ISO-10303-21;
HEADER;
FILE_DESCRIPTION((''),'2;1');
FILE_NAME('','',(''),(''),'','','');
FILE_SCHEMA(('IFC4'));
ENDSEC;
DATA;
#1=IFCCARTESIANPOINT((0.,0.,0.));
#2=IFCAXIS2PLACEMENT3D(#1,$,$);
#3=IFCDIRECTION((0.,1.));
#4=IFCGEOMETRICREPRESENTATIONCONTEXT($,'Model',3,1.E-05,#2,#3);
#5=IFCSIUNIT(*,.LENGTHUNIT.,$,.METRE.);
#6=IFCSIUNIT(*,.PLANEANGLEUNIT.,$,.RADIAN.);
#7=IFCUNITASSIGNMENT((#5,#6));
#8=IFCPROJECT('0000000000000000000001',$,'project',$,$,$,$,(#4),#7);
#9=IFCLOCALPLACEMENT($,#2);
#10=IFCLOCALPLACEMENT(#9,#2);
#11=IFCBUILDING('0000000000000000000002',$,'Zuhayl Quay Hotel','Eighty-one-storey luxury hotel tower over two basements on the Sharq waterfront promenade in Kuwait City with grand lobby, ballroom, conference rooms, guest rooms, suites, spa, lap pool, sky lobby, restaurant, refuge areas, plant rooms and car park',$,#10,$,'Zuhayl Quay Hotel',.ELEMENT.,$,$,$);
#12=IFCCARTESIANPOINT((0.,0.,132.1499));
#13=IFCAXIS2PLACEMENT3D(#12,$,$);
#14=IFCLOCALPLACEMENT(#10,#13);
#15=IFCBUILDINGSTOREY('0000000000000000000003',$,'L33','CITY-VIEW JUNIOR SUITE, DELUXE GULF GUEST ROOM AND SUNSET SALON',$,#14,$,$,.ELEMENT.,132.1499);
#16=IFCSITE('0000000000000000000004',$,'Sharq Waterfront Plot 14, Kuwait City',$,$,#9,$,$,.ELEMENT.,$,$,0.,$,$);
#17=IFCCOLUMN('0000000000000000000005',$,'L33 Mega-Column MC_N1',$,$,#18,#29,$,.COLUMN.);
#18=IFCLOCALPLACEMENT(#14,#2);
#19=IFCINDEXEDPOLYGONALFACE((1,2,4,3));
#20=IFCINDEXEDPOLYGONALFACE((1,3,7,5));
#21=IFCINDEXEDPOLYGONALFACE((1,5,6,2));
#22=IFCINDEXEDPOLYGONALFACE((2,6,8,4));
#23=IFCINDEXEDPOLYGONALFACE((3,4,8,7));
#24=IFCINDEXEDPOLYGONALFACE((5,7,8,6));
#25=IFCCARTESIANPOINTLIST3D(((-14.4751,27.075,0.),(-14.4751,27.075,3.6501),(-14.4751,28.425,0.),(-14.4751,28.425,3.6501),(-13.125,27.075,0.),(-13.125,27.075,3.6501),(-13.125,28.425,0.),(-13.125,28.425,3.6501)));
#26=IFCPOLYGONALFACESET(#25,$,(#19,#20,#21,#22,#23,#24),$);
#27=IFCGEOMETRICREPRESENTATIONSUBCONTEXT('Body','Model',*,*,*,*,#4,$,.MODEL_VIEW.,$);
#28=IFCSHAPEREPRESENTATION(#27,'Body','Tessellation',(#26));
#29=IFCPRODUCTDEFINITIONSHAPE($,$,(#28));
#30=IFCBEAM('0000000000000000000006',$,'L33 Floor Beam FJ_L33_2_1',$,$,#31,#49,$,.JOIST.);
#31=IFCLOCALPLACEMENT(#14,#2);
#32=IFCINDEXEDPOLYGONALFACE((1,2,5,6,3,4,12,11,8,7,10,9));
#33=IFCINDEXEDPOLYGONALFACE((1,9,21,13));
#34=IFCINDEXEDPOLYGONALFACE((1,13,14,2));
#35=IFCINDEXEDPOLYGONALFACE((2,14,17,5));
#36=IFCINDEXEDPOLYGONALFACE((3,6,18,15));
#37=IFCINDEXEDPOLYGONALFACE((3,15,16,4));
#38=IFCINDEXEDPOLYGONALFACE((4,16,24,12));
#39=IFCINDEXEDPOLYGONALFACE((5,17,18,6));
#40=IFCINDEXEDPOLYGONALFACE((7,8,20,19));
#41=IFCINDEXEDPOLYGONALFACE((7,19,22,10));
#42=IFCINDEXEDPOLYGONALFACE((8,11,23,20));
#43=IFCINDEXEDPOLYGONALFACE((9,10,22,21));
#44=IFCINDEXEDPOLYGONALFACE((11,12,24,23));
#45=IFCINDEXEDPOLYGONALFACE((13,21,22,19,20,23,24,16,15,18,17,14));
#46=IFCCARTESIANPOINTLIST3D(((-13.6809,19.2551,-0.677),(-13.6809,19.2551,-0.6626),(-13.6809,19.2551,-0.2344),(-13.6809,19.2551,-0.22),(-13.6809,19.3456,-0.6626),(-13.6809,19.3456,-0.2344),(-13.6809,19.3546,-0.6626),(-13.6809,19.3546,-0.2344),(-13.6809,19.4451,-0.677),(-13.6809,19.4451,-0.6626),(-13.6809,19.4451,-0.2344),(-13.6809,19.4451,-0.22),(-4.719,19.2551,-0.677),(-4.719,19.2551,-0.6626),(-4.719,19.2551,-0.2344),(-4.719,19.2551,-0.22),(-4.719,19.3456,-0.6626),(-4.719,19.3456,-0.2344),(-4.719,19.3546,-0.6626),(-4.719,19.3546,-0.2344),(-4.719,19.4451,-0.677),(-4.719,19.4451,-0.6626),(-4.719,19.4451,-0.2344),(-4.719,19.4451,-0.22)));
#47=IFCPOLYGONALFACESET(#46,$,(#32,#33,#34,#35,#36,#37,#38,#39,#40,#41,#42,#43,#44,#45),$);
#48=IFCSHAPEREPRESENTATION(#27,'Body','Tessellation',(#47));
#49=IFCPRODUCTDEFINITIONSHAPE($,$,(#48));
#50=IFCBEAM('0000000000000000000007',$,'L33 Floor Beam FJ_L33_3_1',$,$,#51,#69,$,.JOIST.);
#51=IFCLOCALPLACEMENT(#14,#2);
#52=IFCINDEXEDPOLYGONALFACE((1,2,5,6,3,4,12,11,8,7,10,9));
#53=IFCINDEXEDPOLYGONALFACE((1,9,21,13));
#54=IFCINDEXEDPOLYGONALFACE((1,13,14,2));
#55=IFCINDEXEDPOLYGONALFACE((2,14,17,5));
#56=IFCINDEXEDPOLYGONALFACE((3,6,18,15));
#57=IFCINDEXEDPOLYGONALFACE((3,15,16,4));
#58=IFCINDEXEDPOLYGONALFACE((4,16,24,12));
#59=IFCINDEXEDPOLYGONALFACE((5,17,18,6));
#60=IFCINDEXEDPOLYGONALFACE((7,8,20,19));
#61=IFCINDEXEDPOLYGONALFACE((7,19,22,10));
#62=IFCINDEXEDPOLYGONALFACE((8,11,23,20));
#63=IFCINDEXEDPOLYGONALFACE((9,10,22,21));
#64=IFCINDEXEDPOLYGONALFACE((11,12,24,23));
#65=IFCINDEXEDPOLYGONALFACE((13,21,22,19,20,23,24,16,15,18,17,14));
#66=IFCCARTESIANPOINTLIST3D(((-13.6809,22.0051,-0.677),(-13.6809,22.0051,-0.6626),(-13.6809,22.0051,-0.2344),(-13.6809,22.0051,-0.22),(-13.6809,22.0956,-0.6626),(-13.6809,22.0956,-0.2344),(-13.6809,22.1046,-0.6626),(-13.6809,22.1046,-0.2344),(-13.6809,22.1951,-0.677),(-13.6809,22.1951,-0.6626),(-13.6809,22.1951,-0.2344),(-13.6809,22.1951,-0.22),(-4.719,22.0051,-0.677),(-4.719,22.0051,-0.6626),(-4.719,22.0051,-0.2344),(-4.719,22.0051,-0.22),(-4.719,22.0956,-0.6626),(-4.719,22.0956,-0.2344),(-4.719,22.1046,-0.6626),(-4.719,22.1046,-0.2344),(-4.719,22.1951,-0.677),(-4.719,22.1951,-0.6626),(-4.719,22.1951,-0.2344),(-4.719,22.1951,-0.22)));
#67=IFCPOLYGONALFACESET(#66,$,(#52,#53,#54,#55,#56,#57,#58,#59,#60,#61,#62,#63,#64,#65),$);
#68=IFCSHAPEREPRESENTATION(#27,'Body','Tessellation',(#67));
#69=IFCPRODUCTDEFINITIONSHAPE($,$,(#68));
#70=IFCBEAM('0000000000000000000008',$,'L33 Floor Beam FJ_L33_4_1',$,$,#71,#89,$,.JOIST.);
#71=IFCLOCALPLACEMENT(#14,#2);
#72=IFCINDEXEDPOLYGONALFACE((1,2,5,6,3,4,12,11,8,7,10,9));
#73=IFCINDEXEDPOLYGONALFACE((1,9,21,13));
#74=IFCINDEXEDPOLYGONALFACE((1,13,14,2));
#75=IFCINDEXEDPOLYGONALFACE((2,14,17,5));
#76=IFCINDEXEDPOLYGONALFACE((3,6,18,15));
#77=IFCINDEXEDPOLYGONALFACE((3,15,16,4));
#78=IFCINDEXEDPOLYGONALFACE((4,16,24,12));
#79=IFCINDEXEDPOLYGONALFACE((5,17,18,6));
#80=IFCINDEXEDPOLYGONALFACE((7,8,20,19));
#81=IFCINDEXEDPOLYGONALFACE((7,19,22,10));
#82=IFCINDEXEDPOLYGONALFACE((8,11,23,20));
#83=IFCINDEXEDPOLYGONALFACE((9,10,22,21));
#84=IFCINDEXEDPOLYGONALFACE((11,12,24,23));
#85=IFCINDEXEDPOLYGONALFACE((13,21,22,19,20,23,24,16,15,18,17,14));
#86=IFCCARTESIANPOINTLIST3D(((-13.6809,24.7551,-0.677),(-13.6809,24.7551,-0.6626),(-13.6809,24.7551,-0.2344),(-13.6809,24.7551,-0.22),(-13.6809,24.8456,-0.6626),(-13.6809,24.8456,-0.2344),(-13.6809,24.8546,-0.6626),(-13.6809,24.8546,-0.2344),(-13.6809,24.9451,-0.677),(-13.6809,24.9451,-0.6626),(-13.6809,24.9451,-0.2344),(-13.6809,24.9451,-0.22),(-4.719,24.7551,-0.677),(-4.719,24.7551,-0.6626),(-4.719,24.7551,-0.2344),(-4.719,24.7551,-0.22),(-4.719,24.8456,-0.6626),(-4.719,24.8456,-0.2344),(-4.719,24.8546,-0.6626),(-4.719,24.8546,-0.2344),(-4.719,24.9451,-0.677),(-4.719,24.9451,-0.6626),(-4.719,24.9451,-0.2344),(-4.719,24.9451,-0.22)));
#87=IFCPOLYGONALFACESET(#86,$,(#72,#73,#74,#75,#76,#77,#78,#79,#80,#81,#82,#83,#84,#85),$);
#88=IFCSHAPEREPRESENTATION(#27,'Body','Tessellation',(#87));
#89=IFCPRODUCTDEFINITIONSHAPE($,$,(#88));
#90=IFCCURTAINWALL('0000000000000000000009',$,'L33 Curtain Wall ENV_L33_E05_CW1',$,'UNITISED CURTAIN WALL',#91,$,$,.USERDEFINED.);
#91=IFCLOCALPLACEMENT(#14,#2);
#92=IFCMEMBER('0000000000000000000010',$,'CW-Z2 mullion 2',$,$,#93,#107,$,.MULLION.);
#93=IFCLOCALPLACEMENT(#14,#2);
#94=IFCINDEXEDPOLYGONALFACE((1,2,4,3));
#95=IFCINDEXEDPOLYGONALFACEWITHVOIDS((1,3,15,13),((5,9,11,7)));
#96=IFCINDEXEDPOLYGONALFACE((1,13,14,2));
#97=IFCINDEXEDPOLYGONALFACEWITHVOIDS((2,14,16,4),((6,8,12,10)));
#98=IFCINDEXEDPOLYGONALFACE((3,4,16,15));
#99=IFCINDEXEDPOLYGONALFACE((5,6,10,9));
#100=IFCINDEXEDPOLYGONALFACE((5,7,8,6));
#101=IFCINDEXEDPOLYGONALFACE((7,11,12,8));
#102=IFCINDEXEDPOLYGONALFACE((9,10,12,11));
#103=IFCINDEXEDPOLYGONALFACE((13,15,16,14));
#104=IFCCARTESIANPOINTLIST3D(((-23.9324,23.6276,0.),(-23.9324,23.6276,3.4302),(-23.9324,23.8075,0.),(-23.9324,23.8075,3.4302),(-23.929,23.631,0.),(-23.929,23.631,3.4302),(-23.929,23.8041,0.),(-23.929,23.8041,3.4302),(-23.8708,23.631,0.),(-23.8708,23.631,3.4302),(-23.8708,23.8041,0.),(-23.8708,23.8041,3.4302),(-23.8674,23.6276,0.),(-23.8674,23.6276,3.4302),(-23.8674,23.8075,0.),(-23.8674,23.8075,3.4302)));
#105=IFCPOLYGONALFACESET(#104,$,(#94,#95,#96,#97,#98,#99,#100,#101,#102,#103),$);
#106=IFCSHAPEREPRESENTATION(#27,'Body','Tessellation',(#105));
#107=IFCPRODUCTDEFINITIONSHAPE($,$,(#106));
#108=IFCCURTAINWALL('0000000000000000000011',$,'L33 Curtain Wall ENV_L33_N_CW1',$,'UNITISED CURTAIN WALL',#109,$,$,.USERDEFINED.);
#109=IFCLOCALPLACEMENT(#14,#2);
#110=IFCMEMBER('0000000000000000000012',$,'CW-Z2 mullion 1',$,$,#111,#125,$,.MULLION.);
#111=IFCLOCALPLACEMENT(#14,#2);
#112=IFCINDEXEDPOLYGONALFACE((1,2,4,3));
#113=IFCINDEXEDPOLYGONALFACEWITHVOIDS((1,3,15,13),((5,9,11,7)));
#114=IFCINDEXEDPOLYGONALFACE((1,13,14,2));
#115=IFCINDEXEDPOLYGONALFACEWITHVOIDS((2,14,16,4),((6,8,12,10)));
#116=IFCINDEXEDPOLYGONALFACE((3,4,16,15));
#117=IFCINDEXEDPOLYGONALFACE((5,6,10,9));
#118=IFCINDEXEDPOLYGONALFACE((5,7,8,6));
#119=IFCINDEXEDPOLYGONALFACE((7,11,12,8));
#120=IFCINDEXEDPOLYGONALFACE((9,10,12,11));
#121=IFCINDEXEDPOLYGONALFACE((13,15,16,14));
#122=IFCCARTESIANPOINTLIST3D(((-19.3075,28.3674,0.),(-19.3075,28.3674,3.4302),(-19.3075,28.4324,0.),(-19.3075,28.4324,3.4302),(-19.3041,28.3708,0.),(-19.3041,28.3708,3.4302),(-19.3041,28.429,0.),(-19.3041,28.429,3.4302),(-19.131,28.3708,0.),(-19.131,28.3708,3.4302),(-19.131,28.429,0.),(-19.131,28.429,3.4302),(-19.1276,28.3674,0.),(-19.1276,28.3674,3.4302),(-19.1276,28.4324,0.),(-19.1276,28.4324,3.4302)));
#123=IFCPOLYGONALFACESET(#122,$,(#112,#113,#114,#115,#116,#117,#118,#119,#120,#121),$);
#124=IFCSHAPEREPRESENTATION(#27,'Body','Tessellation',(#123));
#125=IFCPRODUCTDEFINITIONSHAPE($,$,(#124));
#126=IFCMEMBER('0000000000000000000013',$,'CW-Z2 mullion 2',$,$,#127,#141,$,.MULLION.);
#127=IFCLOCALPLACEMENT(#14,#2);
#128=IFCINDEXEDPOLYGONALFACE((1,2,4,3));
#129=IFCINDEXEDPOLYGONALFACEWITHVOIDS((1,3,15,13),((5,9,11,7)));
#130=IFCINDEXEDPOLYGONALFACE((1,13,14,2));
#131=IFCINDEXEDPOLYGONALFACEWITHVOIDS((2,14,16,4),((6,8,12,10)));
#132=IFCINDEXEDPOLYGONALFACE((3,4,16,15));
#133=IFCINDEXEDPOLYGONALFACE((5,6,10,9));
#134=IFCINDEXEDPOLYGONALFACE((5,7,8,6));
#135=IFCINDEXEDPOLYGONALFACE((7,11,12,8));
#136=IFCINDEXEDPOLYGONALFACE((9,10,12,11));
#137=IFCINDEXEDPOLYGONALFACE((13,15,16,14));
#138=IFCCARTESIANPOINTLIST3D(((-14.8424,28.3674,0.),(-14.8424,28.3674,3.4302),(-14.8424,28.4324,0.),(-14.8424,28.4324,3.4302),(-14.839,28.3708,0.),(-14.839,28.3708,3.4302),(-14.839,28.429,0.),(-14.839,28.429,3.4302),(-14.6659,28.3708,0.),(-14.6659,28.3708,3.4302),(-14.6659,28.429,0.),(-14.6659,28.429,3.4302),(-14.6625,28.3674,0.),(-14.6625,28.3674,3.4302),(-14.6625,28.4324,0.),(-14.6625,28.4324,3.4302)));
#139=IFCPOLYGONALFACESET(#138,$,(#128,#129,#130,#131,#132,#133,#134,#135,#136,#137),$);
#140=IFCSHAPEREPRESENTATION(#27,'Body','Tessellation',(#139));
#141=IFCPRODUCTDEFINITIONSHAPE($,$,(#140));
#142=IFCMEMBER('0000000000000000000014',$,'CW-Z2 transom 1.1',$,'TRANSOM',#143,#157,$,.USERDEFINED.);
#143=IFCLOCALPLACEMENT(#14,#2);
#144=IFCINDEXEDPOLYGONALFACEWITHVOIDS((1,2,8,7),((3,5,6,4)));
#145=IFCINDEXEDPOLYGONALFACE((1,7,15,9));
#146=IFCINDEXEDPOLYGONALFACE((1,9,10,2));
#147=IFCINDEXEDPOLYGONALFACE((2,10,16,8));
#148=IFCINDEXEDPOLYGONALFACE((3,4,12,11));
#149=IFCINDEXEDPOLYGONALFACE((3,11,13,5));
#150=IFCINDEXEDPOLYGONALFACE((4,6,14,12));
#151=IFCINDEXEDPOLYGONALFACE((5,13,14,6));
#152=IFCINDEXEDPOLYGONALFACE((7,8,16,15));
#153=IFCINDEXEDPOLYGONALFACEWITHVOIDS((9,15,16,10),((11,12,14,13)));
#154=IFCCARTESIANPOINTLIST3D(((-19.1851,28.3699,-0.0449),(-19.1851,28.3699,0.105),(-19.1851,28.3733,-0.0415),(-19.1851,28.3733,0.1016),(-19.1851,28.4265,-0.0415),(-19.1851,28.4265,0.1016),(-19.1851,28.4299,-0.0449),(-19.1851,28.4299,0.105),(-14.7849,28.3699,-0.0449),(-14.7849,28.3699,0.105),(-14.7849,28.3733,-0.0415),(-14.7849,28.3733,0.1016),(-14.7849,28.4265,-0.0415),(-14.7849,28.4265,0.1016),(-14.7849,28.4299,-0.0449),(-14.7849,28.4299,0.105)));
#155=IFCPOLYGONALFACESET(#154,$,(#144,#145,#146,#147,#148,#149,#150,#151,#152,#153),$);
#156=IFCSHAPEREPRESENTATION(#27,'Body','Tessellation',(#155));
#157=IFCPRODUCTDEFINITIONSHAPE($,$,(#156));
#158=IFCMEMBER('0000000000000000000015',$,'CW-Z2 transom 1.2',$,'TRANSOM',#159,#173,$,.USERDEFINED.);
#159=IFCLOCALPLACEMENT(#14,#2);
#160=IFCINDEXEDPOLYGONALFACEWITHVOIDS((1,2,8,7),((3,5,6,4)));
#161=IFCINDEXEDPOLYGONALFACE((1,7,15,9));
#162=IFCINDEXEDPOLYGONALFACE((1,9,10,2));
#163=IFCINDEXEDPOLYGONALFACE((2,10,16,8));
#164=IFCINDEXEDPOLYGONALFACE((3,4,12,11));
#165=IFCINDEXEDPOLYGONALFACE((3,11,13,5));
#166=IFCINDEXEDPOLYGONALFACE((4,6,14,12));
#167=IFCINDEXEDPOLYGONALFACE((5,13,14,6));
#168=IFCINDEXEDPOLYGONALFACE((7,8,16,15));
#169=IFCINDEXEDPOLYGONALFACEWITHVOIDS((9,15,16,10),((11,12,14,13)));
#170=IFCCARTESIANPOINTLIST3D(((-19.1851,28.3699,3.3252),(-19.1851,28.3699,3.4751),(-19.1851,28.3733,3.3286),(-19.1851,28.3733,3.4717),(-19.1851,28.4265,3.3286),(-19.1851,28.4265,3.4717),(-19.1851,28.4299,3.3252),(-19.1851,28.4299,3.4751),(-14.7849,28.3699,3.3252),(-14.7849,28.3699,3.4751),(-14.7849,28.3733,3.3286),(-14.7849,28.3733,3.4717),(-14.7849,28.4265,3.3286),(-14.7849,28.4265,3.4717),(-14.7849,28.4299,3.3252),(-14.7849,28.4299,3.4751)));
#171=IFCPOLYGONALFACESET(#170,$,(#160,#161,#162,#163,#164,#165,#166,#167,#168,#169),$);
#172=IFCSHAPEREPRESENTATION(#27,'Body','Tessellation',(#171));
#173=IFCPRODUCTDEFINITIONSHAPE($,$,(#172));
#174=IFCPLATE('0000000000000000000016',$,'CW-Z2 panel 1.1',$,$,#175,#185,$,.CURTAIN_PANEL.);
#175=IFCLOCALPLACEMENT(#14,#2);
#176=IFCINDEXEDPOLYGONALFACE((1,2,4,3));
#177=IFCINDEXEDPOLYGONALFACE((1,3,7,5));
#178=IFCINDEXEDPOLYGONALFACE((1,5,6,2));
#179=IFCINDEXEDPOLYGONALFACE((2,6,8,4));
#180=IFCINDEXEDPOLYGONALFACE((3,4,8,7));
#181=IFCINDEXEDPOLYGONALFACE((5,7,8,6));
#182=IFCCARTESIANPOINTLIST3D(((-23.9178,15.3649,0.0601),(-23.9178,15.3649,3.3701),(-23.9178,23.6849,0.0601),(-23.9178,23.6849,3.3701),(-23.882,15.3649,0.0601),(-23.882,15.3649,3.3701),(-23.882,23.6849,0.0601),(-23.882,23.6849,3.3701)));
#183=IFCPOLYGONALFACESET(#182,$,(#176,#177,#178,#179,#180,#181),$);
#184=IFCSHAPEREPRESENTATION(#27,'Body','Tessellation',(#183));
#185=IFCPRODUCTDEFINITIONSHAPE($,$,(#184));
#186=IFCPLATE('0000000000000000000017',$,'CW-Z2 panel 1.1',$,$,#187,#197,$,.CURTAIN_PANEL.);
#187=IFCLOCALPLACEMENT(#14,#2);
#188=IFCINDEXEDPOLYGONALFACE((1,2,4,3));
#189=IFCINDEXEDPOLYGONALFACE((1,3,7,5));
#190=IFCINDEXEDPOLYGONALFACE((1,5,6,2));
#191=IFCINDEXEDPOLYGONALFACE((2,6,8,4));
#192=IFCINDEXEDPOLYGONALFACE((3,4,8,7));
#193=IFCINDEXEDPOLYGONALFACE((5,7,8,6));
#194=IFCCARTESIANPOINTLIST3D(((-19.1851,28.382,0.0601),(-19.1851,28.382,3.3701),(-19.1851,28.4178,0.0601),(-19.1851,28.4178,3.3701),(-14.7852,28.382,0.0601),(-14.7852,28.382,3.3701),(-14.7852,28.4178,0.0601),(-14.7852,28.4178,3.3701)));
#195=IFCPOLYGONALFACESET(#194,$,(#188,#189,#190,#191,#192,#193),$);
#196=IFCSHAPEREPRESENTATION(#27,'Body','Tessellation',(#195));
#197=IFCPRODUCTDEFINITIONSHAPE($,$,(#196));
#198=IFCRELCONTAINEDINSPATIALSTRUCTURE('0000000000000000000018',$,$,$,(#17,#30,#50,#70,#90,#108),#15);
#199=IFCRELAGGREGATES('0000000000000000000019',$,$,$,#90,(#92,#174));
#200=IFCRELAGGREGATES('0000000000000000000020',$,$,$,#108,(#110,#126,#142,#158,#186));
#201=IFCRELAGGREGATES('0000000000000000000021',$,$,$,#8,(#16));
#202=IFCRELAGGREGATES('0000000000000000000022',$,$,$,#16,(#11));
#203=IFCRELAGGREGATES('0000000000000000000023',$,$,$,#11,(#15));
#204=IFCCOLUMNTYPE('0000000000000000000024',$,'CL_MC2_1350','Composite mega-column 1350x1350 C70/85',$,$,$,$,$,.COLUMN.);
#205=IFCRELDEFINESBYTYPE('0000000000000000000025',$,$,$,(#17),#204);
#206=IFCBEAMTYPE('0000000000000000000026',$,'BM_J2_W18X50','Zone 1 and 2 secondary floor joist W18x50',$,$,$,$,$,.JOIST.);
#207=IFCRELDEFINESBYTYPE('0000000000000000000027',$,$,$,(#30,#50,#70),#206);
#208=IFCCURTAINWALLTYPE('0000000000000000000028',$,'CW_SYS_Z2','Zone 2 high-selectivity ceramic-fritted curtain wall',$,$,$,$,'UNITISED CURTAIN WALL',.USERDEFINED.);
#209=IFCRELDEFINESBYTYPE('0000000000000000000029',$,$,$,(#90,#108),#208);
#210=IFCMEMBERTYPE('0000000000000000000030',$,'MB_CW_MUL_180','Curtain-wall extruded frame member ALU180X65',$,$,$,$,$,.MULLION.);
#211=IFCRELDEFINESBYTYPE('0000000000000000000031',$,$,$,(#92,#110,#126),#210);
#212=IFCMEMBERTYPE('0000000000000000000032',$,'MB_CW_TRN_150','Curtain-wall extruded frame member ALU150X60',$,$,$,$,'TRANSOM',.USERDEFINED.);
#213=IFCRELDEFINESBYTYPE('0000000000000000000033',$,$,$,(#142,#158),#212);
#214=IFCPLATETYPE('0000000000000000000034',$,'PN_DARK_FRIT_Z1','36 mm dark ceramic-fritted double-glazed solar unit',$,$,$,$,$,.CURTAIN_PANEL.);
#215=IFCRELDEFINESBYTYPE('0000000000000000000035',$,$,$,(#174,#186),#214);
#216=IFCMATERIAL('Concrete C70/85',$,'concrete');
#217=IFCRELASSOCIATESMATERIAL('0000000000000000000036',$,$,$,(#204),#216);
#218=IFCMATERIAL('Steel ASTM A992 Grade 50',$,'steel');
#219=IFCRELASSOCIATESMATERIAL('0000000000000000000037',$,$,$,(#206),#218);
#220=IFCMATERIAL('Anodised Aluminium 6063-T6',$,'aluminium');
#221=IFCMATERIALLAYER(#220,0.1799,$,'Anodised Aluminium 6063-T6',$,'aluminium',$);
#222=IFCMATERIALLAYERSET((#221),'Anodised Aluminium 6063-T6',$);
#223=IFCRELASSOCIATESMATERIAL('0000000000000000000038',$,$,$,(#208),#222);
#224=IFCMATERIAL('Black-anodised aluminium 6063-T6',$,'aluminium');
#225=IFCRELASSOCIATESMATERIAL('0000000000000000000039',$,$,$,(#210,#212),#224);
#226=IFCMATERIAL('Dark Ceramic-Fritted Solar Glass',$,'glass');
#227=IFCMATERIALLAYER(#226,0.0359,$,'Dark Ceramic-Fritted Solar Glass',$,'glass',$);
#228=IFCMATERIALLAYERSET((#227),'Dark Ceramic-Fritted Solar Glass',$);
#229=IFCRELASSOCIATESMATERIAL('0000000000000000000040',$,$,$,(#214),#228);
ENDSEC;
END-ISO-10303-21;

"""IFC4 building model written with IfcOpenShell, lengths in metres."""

from ifc_helpers import new_model, si_unit, direction, frame, origin, origin_2d, place, context, subcontext, project, spatial, rectangle, hollow_rectangle, i_section, extrude, material, layer, layer_set, material_profile, profile_set, type_object, element, aggregate, save


model = new_model("IFC4")

# Units and contexts
model_context = context("Model", 3, precision=1e-05, world=origin(), true_north=direction((0.0, 1.0)))
body_context = subcontext(model_context, "Body", "Model", "MODEL_VIEW")
ifc_project = project(units=[si_unit("LENGTHUNIT", "METRE"), si_unit("PLANEANGLEUNIT", "RADIAN")], contexts=[model_context])

# Site, building, storey
site_placement = place(None, origin())
site = spatial("IfcSite", under=ifc_project, at=site_placement, Name="Sharq Waterfront Plot 14, Kuwait City", CompositionType="ELEMENT", RefElevation=0.0)
building_placement = place(site_placement, origin())
building = spatial("IfcBuilding", under=site, at=building_placement, Name="Zuhayl Quay Hotel", Description="Eighty-one-storey luxury hotel tower over two basements on the Sharq waterfront promenade in Kuwait City with grand lobby, ballroom, conference rooms, guest rooms, suites, spa, lap pool, sky lobby, restaurant, refuge areas, plant rooms and car park", LongName="Zuhayl Quay Hotel", CompositionType="ELEMENT")
storey_placement = place(building_placement, frame((0.0, 0.0, 132.1499)))
storey = spatial("IfcBuildingStorey", under=building, at=storey_placement, Name="L33", Description="CITY-VIEW JUNIOR SUITE, DELUXE GULF GUEST ROOM AND SUNSET SALON", CompositionType="ELEMENT", Elevation=132.1499)

# Column
ifc_material_1 = material(Name="Concrete C70/85", Category="concrete")
ifc_material_profile_1 = material_profile(ifc_material_1, rectangle(XDim=1.3501, YDim=1.3501, at=origin_2d()), Name="RC1350X1350")
ifc_profile_set_1 = profile_set([ifc_material_profile_1], Name="Concrete C70/85")
column_type = type_object("IfcColumnType", Name="CL_MC2_1350", Description="Composite mega-column 1350x1350 C70/85", PredefinedType="COLUMN", material=ifc_profile_set_1)
column_placement = place(storey_placement, frame((-13.8, 27.75, 0.0), z_axis=(0.0, 0.0, 1.0), x_axis=(1.0, 0.0, 0.0)))
element("IfcColumn", 1, at=column_placement, inside=storey, type_object=column_type, Name="L33 Mega-Column MC_N1", PredefinedType="COLUMN", context=body_context, shape_type="SweptSolid", body=[
    extrude(rectangle(XDim=1.3501, YDim=1.3501, at=origin_2d()), origin(), (0.0, 0.0, 1.0), 3.6501),
])

# Beams
ifc_material_2 = material(Name="Steel ASTM A992 Grade 50", Category="steel")
ifc_material_profile_2 = material_profile(ifc_material_2, i_section(OverallWidth=0.1899, OverallDepth=0.457, WebThickness=0.009, FlangeThickness=0.0144, at=origin_2d()), Name="W18X50")
ifc_profile_set_2 = profile_set([ifc_material_profile_2], Name="Steel ASTM A992 Grade 50")
beam_type = type_object("IfcBeamType", Name="BM_J2_W18X50", Description="Zone 1 and 2 secondary floor joist W18x50", PredefinedType="JOIST", material=ifc_profile_set_2)
for number, where, z_axis, x_axis, name in (
    (2, (-13.6809, 19.3501, -0.4485), (1.0, 0.0, 0.0), (0.0, 1.0, 0.0), "L33 Floor Beam FJ_L33_2_1"),
    (3, (-13.6809, 22.1001, -0.4485), (1.0, 0.0, 0.0), (0.0, 1.0, 0.0), "L33 Floor Beam FJ_L33_3_1"),
    (4, (-13.6809, 24.8501, -0.4485), (1.0, 0.0, 0.0), (0.0, 1.0, 0.0), "L33 Floor Beam FJ_L33_4_1"),
):
    element("IfcBeam", number, at=place(storey_placement, frame(where, z_axis=z_axis, x_axis=x_axis)), inside=storey, type_object=beam_type, Name=name, PredefinedType="JOIST", context=body_context, shape_type="SweptSolid", body=[
        extrude(i_section(OverallWidth=0.1899, OverallDepth=0.457, WebThickness=0.009, FlangeThickness=0.0144, at=origin_2d()), origin(), (0.0, 0.0, 1.0), 8.9619),
    ])

# Curtain wall, member
ifc_material_3 = material(Name="Anodised Aluminium 6063-T6", Category="aluminium")
ifc_layer_1 = layer(ifc_material_3, 0.1799, Name="Anodised Aluminium 6063-T6", Category="aluminium")
ifc_layer_set_1 = layer_set([ifc_layer_1], Name="Anodised Aluminium 6063-T6")
curtain_wall_type = type_object("IfcCurtainWallType", Name="CW_SYS_Z2", Description="Zone 2 high-selectivity ceramic-fritted curtain wall", ElementType="UNITISED CURTAIN WALL", PredefinedType="USERDEFINED", material=ifc_layer_set_1)
curtain_wall_1_placement = place(storey_placement, origin())
curtain_wall_1 = element("IfcCurtainWall", 5, at=curtain_wall_1_placement, inside=storey, type_object=curtain_wall_type, Name="L33 Curtain Wall ENV_L33_E05_CW1", ObjectType="UNITISED CURTAIN WALL", PredefinedType="USERDEFINED")
ifc_material_4 = material(Name="Black-anodised aluminium 6063-T6", Category="aluminium")
ifc_material_profile_3 = material_profile(ifc_material_4, hollow_rectangle(XDim=0.0649, YDim=0.1799, WallThickness=0.0034, at=origin_2d()), Name="ALU180X65")
ifc_profile_set_3 = profile_set([ifc_material_profile_3], Name="Black-anodised aluminium 6063-T6")
member_type_1 = type_object("IfcMemberType", Name="MB_CW_MUL_180", Description="Curtain-wall extruded frame member ALU180X65", PredefinedType="MULLION", material=ifc_profile_set_3)
member_1_placement = place(storey_placement, frame((-23.8999, 23.7175, 0.0), z_axis=(0.0, 0.0, 1.0), x_axis=(-1.0, 0.0, 0.0)))
member_1 = element("IfcMember", 6, at=member_1_placement, type_object=member_type_1, Name="CW-Z2 mullion 2", PredefinedType="MULLION", context=body_context, shape_type="SweptSolid", body=[
    extrude(hollow_rectangle(XDim=0.0649, YDim=0.1799, WallThickness=0.0034, at=origin_2d()), origin(), (0.0, 0.0, 1.0), 3.4302),
])

# Curtain wall, members
curtain_wall_2_placement = place(storey_placement, origin())
curtain_wall_2 = element("IfcCurtainWall", 7, at=curtain_wall_2_placement, inside=storey, type_object=curtain_wall_type, Name="L33 Curtain Wall ENV_L33_N_CW1", ObjectType="UNITISED CURTAIN WALL", PredefinedType="USERDEFINED")
member_2_placement = place(storey_placement, frame((-19.2175, 28.3999, 0.0), z_axis=(0.0, 0.0, 1.0), x_axis=(0.0, 1.0, 0.0)))
member_2 = element("IfcMember", 8, at=member_2_placement, type_object=member_type_1, Name="CW-Z2 mullion 1", PredefinedType="MULLION", context=body_context, shape_type="SweptSolid", body=[
    extrude(hollow_rectangle(XDim=0.0649, YDim=0.1799, WallThickness=0.0034, at=origin_2d()), origin(), (0.0, 0.0, 1.0), 3.4302),
])
member_3_placement = place(storey_placement, frame((-14.7524, 28.3999, 0.0), z_axis=(0.0, 0.0, 1.0), x_axis=(0.0, 1.0, 0.0)))
member_3 = element("IfcMember", 9, at=member_3_placement, type_object=member_type_1, Name="CW-Z2 mullion 2", PredefinedType="MULLION", context=body_context, shape_type="SweptSolid", body=[
    extrude(hollow_rectangle(XDim=0.0649, YDim=0.1799, WallThickness=0.0034, at=origin_2d()), origin(), (0.0, 0.0, 1.0), 3.4302),
])
ifc_material_profile_4 = material_profile(ifc_material_4, hollow_rectangle(XDim=0.0601, YDim=0.1499, WallThickness=0.0034, at=origin_2d()), Name="ALU150X60")
ifc_profile_set_4 = profile_set([ifc_material_profile_4], Name="Black-anodised aluminium 6063-T6")
member_type_2 = type_object("IfcMemberType", Name="MB_CW_TRN_150", Description="Curtain-wall extruded frame member ALU150X60", ElementType="TRANSOM", PredefinedType="USERDEFINED", material=ifc_profile_set_4)
member_4_placement = place(storey_placement, frame((-19.1851, 28.3999, 0.03), z_axis=(1.0, 0.0, 0.0), x_axis=(0.0, 1.0, 0.0)))
member_4 = element("IfcMember", 10, at=member_4_placement, type_object=member_type_2, Name="CW-Z2 transom 1.1", ObjectType="TRANSOM", PredefinedType="USERDEFINED", context=body_context, shape_type="SweptSolid", body=[
    extrude(hollow_rectangle(XDim=0.0601, YDim=0.1499, WallThickness=0.0034, at=origin_2d()), origin(), (0.0, 0.0, 1.0), 4.4001),
])
member_5_placement = place(storey_placement, frame((-19.1851, 28.3999, 3.4001), z_axis=(1.0, 0.0, 0.0), x_axis=(0.0, 1.0, 0.0)))
member_5 = element("IfcMember", 11, at=member_5_placement, type_object=member_type_2, Name="CW-Z2 transom 1.2", ObjectType="TRANSOM", PredefinedType="USERDEFINED", context=body_context, shape_type="SweptSolid", body=[
    extrude(hollow_rectangle(XDim=0.0601, YDim=0.1499, WallThickness=0.0034, at=origin_2d()), origin(), (0.0, 0.0, 1.0), 4.4001),
])

# Plates
ifc_material_5 = material(Name="Dark Ceramic-Fritted Solar Glass", Category="glass")
ifc_layer_2 = layer(ifc_material_5, 0.0359, Name="Dark Ceramic-Fritted Solar Glass", Category="glass")
ifc_layer_set_2 = layer_set([ifc_layer_2], Name="Dark Ceramic-Fritted Solar Glass")
plate_type = type_object("IfcPlateType", Name="PN_DARK_FRIT_Z1", Description="36 mm dark ceramic-fritted double-glazed solar unit", PredefinedType="CURTAIN_PANEL", material=ifc_layer_set_2)
plate_1_placement = place(storey_placement, frame((-23.8999, 19.5249, 0.0601), z_axis=(0.0, 0.0, 1.0), x_axis=(0.0, 1.0, 0.0)))
plate_1 = element("IfcPlate", 12, at=plate_1_placement, type_object=plate_type, Name="CW-Z2 panel 1.1", PredefinedType="CURTAIN_PANEL", context=body_context, shape_type="SweptSolid", body=[
    extrude(rectangle(XDim=8.3201, YDim=0.0359, at=origin_2d()), origin(), (0.0, 0.0, 1.0), 3.3101),
])
aggregate(curtain_wall_1, [member_1, plate_1])
plate_2_placement = place(storey_placement, frame((-16.9851, 28.3999, 0.0601), z_axis=(0.0, 0.0, 1.0), x_axis=(1.0, 0.0, 0.0)))
plate_2 = element("IfcPlate", 13, at=plate_2_placement, type_object=plate_type, Name="CW-Z2 panel 1.1", PredefinedType="CURTAIN_PANEL", context=body_context, shape_type="SweptSolid", body=[
    extrude(rectangle(XDim=4.3999, YDim=0.0359, at=origin_2d()), origin(), (0.0, 0.0, 1.0), 3.3101),
])
aggregate(curtain_wall_2, [member_2, member_3, member_4, member_5, plate_2])

save(model, "model.ifc")
